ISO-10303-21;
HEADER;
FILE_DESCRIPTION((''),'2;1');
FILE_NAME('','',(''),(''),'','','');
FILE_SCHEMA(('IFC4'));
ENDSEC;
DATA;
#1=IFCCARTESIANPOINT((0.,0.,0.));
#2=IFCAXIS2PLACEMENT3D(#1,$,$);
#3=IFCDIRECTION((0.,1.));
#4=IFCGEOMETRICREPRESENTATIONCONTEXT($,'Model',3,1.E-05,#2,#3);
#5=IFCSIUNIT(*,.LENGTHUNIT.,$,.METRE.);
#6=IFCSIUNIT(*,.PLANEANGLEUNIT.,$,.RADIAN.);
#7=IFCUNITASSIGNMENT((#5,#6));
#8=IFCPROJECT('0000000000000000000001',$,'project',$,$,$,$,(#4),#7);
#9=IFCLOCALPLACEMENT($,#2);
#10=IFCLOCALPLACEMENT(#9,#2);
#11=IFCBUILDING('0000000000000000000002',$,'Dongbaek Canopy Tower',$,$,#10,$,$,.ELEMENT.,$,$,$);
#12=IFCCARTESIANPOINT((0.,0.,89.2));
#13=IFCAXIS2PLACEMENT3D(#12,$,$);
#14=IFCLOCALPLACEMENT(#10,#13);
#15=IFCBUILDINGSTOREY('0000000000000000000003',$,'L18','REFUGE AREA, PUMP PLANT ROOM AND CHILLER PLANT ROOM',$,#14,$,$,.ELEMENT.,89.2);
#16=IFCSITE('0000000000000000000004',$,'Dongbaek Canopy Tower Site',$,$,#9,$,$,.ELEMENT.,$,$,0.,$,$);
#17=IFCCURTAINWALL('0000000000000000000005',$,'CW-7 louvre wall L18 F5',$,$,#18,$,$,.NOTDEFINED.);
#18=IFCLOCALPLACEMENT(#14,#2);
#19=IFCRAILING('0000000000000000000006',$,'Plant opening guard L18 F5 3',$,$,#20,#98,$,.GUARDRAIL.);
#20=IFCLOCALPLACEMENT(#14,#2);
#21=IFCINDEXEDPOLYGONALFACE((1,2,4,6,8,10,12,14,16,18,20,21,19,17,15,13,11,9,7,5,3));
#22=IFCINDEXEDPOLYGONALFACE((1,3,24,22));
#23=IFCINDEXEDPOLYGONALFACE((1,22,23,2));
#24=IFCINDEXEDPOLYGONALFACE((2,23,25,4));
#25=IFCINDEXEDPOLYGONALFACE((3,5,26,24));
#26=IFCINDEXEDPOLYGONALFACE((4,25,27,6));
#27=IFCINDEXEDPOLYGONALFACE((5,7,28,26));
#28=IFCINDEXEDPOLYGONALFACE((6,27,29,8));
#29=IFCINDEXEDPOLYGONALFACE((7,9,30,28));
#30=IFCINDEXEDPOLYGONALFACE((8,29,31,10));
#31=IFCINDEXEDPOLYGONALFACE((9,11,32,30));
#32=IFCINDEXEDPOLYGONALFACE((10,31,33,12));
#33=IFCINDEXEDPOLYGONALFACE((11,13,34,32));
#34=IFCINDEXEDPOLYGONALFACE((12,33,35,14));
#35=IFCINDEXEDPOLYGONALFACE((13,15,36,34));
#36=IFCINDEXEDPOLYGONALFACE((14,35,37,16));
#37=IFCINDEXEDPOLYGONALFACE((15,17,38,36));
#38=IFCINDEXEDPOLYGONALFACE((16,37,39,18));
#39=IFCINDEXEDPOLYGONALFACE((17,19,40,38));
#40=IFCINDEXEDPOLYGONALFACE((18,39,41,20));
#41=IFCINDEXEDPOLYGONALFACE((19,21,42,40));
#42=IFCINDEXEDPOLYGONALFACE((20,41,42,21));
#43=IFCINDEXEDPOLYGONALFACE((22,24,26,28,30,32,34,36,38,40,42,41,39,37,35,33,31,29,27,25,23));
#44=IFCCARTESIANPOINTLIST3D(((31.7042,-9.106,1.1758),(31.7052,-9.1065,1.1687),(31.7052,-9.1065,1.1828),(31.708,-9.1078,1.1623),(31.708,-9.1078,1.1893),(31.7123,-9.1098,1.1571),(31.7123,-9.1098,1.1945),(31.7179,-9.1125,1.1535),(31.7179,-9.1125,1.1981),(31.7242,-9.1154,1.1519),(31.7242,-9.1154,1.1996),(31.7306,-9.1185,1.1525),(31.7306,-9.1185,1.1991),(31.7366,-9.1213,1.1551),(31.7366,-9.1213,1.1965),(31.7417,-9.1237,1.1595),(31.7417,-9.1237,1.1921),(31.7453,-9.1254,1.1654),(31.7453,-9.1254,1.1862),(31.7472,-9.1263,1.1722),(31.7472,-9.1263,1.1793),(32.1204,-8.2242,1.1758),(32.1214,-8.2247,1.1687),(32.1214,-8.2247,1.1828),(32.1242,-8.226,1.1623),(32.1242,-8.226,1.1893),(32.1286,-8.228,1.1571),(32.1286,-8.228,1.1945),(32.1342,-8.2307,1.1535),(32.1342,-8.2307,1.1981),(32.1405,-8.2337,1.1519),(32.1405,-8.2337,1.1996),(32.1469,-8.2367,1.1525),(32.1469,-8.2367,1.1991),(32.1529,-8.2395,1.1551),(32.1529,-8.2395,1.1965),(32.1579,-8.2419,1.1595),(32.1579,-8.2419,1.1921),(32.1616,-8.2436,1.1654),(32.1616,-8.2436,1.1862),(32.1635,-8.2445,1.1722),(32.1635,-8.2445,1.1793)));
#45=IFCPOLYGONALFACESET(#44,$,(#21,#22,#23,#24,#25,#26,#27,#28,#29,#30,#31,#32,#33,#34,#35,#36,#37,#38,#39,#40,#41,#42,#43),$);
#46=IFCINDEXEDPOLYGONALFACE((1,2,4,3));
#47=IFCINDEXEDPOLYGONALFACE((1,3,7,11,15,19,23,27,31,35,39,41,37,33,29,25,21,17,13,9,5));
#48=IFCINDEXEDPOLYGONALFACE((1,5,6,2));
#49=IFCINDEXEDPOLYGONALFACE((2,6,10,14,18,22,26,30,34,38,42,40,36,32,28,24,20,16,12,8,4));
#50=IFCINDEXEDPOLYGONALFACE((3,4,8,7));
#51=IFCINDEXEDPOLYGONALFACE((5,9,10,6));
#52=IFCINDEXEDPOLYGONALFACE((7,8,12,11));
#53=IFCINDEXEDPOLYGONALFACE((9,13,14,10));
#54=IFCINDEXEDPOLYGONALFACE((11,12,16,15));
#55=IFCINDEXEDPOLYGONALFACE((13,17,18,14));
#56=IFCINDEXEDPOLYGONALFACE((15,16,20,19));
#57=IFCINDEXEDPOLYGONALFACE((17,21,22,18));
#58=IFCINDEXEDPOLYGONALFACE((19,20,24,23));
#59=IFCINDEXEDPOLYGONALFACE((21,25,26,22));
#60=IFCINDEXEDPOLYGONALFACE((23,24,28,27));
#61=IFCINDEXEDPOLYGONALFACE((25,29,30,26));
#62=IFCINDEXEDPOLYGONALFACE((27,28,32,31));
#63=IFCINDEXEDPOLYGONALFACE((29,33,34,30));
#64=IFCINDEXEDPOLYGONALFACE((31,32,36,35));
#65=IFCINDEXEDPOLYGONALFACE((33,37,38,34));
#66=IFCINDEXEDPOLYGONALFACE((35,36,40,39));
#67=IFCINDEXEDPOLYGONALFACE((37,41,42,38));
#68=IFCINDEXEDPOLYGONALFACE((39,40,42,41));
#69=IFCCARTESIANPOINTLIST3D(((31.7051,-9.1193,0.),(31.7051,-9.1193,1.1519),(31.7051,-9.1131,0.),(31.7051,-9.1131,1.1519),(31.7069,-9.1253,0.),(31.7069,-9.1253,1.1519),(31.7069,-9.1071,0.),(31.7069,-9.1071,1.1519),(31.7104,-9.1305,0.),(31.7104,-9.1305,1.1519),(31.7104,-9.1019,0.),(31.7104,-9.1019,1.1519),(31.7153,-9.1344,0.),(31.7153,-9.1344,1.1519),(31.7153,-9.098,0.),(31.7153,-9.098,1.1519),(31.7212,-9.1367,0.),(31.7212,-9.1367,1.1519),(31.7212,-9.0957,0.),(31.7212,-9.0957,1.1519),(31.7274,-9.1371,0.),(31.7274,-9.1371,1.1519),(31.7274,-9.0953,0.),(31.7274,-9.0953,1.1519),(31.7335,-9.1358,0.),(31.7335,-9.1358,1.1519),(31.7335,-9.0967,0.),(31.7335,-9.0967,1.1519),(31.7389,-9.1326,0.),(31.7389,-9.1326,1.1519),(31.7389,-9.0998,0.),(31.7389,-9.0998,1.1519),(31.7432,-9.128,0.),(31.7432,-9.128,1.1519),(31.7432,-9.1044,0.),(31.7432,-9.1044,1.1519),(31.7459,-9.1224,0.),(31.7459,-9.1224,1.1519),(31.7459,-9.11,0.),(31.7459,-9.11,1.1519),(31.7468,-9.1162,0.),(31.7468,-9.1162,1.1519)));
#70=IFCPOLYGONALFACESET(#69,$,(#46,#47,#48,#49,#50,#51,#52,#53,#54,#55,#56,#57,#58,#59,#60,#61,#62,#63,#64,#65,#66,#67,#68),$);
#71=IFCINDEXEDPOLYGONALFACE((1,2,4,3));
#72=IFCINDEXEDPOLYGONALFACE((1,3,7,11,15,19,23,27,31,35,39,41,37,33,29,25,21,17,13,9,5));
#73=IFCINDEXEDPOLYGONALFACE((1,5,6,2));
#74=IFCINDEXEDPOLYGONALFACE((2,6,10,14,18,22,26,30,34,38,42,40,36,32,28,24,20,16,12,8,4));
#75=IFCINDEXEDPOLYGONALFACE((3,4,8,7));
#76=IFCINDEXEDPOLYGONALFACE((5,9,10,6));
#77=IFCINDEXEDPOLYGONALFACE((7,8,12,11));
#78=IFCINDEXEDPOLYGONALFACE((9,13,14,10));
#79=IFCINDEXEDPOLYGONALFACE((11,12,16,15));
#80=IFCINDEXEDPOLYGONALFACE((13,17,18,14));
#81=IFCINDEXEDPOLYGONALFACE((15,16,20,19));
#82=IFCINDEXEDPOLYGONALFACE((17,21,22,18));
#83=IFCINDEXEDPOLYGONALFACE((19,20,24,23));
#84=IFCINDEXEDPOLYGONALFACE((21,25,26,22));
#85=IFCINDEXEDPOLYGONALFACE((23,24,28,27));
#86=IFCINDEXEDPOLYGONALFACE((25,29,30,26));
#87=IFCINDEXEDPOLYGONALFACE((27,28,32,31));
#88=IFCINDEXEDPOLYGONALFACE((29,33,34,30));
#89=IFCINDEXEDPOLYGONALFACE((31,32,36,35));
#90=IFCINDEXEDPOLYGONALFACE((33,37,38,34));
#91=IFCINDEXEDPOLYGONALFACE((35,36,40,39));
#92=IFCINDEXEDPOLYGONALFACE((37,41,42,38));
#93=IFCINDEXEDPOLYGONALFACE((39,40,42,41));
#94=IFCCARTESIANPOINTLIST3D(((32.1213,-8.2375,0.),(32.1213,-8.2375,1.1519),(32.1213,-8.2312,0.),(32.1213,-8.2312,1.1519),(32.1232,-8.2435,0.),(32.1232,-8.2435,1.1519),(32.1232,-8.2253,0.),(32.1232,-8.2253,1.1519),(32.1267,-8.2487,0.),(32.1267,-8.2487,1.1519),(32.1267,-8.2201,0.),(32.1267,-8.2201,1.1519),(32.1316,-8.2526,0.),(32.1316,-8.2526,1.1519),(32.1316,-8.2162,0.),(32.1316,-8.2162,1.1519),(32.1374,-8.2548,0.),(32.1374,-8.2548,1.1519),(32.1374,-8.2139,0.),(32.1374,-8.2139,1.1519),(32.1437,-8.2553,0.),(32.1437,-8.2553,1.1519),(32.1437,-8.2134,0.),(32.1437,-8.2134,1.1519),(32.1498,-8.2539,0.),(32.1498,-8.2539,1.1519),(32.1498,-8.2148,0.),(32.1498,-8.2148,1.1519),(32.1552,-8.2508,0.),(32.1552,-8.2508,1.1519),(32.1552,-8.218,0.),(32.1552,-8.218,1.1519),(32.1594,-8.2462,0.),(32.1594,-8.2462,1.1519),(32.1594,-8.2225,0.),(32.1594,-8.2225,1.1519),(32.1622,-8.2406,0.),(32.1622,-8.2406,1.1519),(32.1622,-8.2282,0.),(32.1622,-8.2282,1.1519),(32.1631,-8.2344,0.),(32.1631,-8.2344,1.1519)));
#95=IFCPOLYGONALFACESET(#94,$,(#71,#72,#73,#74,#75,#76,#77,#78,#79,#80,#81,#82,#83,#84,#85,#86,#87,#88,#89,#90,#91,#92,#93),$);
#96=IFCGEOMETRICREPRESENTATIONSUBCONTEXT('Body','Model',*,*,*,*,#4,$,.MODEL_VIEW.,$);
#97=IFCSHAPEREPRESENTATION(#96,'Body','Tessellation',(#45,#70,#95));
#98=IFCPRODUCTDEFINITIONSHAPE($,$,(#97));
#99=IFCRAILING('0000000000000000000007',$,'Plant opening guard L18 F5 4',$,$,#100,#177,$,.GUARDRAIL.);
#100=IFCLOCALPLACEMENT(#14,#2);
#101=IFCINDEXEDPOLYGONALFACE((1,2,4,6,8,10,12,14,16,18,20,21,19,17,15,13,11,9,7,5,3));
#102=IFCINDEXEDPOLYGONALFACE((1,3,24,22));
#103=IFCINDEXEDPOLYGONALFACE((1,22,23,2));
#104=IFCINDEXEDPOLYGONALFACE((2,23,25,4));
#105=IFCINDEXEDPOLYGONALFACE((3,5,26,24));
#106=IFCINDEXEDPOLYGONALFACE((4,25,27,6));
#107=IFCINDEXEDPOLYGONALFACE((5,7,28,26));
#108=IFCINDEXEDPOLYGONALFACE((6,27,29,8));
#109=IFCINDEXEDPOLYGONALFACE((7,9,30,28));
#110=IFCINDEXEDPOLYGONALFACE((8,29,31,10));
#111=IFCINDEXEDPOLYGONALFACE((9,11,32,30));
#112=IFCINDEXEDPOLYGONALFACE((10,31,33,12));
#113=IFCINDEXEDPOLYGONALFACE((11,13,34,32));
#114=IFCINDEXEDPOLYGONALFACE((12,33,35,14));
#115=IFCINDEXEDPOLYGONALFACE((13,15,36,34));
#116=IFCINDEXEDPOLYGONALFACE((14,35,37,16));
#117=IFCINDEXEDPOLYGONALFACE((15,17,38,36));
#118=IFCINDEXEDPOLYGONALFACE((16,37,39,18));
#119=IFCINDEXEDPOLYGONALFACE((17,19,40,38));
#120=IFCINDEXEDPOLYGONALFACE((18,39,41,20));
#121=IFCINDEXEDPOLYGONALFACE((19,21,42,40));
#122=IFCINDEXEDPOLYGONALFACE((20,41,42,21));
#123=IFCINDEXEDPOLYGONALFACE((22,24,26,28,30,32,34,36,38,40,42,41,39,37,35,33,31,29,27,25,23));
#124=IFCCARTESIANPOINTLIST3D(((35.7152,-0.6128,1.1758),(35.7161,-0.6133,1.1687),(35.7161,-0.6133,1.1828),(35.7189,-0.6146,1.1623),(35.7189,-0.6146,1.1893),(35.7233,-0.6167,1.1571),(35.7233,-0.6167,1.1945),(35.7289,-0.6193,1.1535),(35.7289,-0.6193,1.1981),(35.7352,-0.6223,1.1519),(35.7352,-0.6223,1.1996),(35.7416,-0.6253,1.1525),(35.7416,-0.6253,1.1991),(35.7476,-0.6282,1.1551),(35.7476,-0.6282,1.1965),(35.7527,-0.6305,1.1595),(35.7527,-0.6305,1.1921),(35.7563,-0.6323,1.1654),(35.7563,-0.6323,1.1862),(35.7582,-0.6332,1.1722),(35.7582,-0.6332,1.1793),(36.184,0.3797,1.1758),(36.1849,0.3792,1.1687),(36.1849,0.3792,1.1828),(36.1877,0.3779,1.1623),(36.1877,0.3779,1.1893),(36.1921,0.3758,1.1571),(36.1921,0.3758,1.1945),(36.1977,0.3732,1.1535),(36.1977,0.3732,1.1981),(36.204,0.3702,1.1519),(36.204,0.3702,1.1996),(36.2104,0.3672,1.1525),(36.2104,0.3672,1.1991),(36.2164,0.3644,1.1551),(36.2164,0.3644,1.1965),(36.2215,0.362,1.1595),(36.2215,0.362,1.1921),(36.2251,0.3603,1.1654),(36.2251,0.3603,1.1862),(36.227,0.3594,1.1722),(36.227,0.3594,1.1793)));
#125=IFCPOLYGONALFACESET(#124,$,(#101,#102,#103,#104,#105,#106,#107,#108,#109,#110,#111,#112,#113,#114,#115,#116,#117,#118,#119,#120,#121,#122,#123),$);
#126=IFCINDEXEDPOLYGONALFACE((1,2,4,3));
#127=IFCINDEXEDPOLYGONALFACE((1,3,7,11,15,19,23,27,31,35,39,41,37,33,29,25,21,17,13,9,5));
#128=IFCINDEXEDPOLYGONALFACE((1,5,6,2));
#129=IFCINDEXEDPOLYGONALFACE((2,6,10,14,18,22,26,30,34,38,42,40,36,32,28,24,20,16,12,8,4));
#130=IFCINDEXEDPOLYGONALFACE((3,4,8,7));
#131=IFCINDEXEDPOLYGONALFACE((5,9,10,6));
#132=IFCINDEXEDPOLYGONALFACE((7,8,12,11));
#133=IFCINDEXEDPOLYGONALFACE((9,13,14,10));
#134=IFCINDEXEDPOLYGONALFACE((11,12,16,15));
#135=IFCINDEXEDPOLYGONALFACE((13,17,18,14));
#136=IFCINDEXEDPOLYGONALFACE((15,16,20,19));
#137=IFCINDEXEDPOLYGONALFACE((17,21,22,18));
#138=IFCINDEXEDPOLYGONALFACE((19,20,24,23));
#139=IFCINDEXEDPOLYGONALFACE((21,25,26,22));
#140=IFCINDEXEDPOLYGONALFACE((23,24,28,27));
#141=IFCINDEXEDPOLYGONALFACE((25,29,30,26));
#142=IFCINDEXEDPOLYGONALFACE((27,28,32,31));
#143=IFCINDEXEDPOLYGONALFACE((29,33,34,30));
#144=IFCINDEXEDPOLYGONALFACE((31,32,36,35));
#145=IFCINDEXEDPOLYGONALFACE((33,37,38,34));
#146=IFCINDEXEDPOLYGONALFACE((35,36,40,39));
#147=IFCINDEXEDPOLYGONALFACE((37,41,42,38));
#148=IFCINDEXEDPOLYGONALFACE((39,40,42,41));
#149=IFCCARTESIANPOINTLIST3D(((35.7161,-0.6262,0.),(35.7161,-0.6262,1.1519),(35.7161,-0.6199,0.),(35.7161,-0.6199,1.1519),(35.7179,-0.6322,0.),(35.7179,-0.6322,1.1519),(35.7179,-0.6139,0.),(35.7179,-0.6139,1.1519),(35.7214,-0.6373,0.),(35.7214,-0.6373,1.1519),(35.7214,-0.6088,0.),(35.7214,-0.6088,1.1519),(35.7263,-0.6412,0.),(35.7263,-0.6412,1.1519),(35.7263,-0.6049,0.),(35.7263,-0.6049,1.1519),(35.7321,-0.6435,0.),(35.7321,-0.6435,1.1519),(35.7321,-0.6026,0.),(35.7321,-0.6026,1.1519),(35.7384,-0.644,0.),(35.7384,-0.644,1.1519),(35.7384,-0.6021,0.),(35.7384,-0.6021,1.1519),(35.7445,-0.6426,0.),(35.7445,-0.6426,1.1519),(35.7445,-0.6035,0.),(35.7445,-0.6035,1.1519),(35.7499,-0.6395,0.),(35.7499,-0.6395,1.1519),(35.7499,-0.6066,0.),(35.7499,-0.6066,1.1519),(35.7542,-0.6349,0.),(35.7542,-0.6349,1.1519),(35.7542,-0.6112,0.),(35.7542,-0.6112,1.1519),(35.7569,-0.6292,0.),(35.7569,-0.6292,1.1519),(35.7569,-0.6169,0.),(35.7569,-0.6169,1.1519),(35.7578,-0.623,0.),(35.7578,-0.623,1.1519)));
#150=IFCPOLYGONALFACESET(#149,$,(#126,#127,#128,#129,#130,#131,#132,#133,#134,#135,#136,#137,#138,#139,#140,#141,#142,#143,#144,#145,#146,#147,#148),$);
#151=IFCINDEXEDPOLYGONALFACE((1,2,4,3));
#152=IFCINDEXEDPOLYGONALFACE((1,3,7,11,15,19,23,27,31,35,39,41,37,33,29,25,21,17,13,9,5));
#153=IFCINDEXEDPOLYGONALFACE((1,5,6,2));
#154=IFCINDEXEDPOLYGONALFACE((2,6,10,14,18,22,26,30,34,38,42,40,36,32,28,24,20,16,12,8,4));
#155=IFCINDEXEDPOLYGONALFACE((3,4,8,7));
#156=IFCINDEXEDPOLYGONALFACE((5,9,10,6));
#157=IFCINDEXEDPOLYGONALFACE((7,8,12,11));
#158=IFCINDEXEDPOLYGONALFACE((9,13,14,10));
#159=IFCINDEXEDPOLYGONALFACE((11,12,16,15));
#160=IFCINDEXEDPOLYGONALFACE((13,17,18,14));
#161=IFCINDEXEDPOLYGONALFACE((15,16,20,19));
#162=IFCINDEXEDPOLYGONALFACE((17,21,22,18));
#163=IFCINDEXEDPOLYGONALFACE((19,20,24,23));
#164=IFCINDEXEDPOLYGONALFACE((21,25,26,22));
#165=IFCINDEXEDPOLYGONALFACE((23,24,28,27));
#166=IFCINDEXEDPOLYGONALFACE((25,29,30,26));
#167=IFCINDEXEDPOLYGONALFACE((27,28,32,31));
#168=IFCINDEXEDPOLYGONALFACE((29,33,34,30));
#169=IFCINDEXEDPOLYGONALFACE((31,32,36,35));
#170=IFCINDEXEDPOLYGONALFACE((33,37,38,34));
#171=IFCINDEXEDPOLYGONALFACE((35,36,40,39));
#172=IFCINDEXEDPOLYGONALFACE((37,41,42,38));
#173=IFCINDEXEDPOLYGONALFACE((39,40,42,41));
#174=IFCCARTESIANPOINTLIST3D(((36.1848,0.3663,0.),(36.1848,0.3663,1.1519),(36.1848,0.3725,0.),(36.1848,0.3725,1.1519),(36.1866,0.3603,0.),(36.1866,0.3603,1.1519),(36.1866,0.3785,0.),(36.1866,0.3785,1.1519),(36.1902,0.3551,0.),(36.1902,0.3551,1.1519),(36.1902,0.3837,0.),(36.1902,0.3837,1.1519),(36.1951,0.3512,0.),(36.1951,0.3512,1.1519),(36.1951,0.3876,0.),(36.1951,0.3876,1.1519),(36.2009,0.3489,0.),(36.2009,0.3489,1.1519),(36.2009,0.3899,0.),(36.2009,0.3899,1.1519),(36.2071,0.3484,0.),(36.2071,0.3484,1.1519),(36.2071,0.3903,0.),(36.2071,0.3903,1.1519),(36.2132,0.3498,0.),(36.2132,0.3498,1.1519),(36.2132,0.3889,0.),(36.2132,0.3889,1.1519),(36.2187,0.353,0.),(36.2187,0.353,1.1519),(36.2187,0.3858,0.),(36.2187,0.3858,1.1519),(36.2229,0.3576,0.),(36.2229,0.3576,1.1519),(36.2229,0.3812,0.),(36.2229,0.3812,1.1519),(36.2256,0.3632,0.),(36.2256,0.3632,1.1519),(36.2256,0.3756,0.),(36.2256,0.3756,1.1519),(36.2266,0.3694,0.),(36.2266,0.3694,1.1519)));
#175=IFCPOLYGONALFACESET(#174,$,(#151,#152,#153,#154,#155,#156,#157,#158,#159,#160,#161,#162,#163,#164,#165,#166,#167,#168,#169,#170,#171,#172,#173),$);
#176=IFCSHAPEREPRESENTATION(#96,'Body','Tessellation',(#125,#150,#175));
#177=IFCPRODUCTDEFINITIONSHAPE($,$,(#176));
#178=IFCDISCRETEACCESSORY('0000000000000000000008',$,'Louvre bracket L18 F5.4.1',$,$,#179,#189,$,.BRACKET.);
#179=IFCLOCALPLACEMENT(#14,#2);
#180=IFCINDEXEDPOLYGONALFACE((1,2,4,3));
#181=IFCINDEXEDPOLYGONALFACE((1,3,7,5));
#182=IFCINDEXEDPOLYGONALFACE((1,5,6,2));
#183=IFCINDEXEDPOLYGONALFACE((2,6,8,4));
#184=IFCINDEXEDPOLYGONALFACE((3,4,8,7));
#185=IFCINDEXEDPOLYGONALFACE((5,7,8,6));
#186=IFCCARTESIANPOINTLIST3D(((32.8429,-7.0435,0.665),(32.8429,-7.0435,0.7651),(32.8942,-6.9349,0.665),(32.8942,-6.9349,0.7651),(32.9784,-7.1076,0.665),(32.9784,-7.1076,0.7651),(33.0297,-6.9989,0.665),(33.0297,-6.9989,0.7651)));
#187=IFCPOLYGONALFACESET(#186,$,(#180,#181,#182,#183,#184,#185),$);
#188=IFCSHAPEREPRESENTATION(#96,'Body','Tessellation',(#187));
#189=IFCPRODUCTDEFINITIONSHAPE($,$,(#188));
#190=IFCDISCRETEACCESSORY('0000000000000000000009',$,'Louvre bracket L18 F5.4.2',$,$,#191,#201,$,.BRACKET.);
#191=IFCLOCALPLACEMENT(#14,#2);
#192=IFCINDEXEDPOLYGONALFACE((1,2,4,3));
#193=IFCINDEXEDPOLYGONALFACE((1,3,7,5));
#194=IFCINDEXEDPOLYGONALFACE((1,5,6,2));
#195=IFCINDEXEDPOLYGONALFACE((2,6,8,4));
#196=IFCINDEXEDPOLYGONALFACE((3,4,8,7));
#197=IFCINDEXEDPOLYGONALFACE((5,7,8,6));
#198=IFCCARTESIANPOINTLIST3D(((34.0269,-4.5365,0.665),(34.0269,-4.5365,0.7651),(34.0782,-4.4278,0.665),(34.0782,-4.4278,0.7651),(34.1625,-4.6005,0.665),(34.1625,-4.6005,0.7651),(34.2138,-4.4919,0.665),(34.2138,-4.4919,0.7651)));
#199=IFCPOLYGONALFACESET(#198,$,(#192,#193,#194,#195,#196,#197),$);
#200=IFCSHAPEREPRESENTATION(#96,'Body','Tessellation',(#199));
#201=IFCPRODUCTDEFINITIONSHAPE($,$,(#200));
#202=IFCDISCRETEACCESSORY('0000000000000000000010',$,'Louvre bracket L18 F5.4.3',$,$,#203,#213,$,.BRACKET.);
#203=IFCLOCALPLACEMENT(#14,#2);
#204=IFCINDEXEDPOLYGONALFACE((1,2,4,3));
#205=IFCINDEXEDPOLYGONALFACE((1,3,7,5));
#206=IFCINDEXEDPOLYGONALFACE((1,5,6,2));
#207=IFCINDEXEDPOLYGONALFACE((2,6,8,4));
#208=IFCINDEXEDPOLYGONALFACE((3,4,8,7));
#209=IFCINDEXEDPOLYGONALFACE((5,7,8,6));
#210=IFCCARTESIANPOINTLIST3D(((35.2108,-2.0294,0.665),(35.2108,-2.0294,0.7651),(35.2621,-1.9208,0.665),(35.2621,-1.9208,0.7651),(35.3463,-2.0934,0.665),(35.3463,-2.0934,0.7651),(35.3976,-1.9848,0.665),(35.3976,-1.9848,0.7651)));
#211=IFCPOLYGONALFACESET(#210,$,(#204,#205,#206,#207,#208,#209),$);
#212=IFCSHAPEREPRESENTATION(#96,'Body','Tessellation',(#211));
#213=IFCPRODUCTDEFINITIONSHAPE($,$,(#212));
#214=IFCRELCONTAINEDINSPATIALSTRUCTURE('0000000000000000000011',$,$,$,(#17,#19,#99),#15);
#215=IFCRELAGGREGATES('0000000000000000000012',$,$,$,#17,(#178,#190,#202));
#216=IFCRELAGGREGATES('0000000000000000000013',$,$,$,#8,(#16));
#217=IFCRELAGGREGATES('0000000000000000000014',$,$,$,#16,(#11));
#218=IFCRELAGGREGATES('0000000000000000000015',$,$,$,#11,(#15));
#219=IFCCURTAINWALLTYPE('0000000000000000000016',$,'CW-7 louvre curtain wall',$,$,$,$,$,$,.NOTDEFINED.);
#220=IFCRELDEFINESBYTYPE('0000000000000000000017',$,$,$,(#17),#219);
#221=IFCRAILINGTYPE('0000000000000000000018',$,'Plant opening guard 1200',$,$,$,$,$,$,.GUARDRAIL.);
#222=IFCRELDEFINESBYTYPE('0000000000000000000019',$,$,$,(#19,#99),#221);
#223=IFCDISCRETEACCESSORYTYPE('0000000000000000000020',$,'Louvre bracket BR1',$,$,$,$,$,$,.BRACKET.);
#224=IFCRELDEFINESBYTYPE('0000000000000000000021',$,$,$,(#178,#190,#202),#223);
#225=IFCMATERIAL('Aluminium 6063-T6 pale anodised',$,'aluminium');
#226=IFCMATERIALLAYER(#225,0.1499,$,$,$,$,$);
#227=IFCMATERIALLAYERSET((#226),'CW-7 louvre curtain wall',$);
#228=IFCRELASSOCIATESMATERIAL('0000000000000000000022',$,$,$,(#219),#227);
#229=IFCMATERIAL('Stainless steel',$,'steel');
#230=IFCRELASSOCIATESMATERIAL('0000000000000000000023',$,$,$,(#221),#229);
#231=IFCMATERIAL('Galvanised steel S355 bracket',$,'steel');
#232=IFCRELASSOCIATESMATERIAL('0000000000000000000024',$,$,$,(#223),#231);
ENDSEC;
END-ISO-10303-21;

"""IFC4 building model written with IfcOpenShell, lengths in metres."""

from ifc_helpers import new_model, si_unit, direction, frame, origin, origin_2d, place, context, subcontext, project, spatial, rectangle, circle, extrude, material, layer, layer_set, type_object, element, aggregate, save


model = new_model("IFC4")

# Units and contexts
model_context = context("Model", 3, precision=1e-05, world=origin(), true_north=direction((0.0, 1.0)))
body_context = subcontext(model_context, "Body", "Model", "MODEL_VIEW")
ifc_project = project(units=[si_unit("LENGTHUNIT", "METRE"), si_unit("PLANEANGLEUNIT", "RADIAN")], contexts=[model_context])

# Site, building, storey
site_placement = place(None, origin())
site = spatial("IfcSite", under=ifc_project, at=site_placement, Name="Dongbaek Canopy Tower Site", CompositionType="ELEMENT", RefElevation=0.0)
building_placement = place(site_placement, origin())
building = spatial("IfcBuilding", under=site, at=building_placement, Name="Dongbaek Canopy Tower", CompositionType="ELEMENT")
storey_placement = place(building_placement, frame((0.0, 0.0, 89.2)))
storey = spatial("IfcBuildingStorey", under=building, at=storey_placement, Name="L18", Description="REFUGE AREA, PUMP PLANT ROOM AND CHILLER PLANT ROOM", CompositionType="ELEMENT", Elevation=89.2)

# Curtain wall
ifc_material_1 = material(Name="Aluminium 6063-T6 pale anodised", Category="aluminium")
ifc_layer_1 = layer(ifc_material_1, 0.1499)
ifc_layer_set_1 = layer_set([ifc_layer_1], Name="CW-7 louvre curtain wall")
curtain_wall_type = type_object("IfcCurtainWallType", Name="CW-7 louvre curtain wall", PredefinedType="NOTDEFINED", material=ifc_layer_set_1)
curtain_wall_placement = place(storey_placement, origin())
curtain_wall = element("IfcCurtainWall", 1, at=curtain_wall_placement, inside=storey, type_object=curtain_wall_type, Name="CW-7 louvre wall L18 F5", PredefinedType="NOTDEFINED")

# Railings
ifc_material_2 = material(Name="Stainless steel", Category="steel")
railing_type = type_object("IfcRailingType", Name="Plant opening guard 1200", PredefinedType="GUARDRAIL", material=ifc_material_2)
railing_1_placement = place(storey_placement, frame((31.7258, -9.1162, 0.0)))
element("IfcRailing", 2, at=railing_1_placement, inside=storey, type_object=railing_type, Name="Plant opening guard L18 F5 3", PredefinedType="GUARDRAIL", context=body_context, shape_type="SweptSolid", body=[
    extrude(circle(Radius=0.0239, at=origin_2d()), frame((0.0, 0.0, 1.1758), z_axis=(0.42687, 0.904313, 0.0), x_axis=(-0.904313, 0.42687, 0.0)), (0.0, 0.0, 1.0), 0.9751),
    extrude(circle(Radius=0.021, at=origin_2d()), origin(), (0.0, 0.0, 1.0), 1.1519),
    extrude(circle(Radius=0.021, at=origin_2d()), frame((0.4163, 0.8818, 0.0)), (0.0, 0.0, 1.0), 1.1519),
])
railing_2_placement = place(storey_placement, frame((35.7368, -0.623, 0.0)))
element("IfcRailing", 3, at=railing_2_placement, inside=storey, type_object=railing_type, Name="Plant opening guard L18 F5 4", PredefinedType="GUARDRAIL", context=body_context, shape_type="SweptSolid", body=[
    extrude(circle(Radius=0.0239, at=origin_2d()), frame((0.0, 0.0, 1.1758), z_axis=(0.427082, 0.904213, 0.0), x_axis=(-0.904213, 0.427082, 0.0)), (0.0, 0.0, 1.0), 1.0977),
    extrude(circle(Radius=0.021, at=origin_2d()), origin(), (0.0, 0.0, 1.0), 1.1519),
    extrude(circle(Radius=0.021, at=origin_2d()), frame((0.4688, 0.9924, 0.0)), (0.0, 0.0, 1.0), 1.1519),
])

# Discrete accessories
ifc_material_3 = material(Name="Galvanised steel S355 bracket", Category="steel")
discrete_accessory_type = type_object("IfcDiscreteAccessoryType", Name="Louvre bracket BR1", PredefinedType="BRACKET", material=ifc_material_3)
discrete_accessory_1_placement = place(storey_placement, frame((32.9363, -7.0212, 0.665), z_axis=(0.0, 0.0, 1.0), x_axis=(0.427039, 0.904233, 0.0)))
discrete_accessory_1 = element("IfcDiscreteAccessory", 4, at=discrete_accessory_1_placement, type_object=discrete_accessory_type, Name="Louvre bracket L18 F5.4.1", PredefinedType="BRACKET", context=body_context, shape_type="SweptSolid", body=[
    extrude(rectangle(XDim=0.1201, YDim=0.1499, at=origin_2d()), origin(), (0.0, 0.0, 1.0), 0.1001),
])
discrete_accessory_2_placement = place(storey_placement, frame((34.1204, -4.5142, 0.665), z_axis=(0.0, 0.0, 1.0), x_axis=(0.427039, 0.904233, 0.0)))
discrete_accessory_2 = element("IfcDiscreteAccessory", 5, at=discrete_accessory_2_placement, type_object=discrete_accessory_type, Name="Louvre bracket L18 F5.4.2", PredefinedType="BRACKET", context=body_context, shape_type="SweptSolid", body=[
    extrude(rectangle(XDim=0.1201, YDim=0.1499, at=origin_2d()), origin(), (0.0, 0.0, 1.0), 0.1001),
])
discrete_accessory_3_placement = place(storey_placement, frame((35.3042, -2.0071, 0.665), z_axis=(0.0, 0.0, 1.0), x_axis=(0.427039, 0.904233, 0.0)))
discrete_accessory_3 = element("IfcDiscreteAccessory", 6, at=discrete_accessory_3_placement, type_object=discrete_accessory_type, Name="Louvre bracket L18 F5.4.3", PredefinedType="BRACKET", context=body_context, shape_type="SweptSolid", body=[
    extrude(rectangle(XDim=0.1201, YDim=0.1499, at=origin_2d()), origin(), (0.0, 0.0, 1.0), 0.1001),
])
aggregate(curtain_wall, [discrete_accessory_1, discrete_accessory_2, discrete_accessory_3])

save(model, "model.ifc")
